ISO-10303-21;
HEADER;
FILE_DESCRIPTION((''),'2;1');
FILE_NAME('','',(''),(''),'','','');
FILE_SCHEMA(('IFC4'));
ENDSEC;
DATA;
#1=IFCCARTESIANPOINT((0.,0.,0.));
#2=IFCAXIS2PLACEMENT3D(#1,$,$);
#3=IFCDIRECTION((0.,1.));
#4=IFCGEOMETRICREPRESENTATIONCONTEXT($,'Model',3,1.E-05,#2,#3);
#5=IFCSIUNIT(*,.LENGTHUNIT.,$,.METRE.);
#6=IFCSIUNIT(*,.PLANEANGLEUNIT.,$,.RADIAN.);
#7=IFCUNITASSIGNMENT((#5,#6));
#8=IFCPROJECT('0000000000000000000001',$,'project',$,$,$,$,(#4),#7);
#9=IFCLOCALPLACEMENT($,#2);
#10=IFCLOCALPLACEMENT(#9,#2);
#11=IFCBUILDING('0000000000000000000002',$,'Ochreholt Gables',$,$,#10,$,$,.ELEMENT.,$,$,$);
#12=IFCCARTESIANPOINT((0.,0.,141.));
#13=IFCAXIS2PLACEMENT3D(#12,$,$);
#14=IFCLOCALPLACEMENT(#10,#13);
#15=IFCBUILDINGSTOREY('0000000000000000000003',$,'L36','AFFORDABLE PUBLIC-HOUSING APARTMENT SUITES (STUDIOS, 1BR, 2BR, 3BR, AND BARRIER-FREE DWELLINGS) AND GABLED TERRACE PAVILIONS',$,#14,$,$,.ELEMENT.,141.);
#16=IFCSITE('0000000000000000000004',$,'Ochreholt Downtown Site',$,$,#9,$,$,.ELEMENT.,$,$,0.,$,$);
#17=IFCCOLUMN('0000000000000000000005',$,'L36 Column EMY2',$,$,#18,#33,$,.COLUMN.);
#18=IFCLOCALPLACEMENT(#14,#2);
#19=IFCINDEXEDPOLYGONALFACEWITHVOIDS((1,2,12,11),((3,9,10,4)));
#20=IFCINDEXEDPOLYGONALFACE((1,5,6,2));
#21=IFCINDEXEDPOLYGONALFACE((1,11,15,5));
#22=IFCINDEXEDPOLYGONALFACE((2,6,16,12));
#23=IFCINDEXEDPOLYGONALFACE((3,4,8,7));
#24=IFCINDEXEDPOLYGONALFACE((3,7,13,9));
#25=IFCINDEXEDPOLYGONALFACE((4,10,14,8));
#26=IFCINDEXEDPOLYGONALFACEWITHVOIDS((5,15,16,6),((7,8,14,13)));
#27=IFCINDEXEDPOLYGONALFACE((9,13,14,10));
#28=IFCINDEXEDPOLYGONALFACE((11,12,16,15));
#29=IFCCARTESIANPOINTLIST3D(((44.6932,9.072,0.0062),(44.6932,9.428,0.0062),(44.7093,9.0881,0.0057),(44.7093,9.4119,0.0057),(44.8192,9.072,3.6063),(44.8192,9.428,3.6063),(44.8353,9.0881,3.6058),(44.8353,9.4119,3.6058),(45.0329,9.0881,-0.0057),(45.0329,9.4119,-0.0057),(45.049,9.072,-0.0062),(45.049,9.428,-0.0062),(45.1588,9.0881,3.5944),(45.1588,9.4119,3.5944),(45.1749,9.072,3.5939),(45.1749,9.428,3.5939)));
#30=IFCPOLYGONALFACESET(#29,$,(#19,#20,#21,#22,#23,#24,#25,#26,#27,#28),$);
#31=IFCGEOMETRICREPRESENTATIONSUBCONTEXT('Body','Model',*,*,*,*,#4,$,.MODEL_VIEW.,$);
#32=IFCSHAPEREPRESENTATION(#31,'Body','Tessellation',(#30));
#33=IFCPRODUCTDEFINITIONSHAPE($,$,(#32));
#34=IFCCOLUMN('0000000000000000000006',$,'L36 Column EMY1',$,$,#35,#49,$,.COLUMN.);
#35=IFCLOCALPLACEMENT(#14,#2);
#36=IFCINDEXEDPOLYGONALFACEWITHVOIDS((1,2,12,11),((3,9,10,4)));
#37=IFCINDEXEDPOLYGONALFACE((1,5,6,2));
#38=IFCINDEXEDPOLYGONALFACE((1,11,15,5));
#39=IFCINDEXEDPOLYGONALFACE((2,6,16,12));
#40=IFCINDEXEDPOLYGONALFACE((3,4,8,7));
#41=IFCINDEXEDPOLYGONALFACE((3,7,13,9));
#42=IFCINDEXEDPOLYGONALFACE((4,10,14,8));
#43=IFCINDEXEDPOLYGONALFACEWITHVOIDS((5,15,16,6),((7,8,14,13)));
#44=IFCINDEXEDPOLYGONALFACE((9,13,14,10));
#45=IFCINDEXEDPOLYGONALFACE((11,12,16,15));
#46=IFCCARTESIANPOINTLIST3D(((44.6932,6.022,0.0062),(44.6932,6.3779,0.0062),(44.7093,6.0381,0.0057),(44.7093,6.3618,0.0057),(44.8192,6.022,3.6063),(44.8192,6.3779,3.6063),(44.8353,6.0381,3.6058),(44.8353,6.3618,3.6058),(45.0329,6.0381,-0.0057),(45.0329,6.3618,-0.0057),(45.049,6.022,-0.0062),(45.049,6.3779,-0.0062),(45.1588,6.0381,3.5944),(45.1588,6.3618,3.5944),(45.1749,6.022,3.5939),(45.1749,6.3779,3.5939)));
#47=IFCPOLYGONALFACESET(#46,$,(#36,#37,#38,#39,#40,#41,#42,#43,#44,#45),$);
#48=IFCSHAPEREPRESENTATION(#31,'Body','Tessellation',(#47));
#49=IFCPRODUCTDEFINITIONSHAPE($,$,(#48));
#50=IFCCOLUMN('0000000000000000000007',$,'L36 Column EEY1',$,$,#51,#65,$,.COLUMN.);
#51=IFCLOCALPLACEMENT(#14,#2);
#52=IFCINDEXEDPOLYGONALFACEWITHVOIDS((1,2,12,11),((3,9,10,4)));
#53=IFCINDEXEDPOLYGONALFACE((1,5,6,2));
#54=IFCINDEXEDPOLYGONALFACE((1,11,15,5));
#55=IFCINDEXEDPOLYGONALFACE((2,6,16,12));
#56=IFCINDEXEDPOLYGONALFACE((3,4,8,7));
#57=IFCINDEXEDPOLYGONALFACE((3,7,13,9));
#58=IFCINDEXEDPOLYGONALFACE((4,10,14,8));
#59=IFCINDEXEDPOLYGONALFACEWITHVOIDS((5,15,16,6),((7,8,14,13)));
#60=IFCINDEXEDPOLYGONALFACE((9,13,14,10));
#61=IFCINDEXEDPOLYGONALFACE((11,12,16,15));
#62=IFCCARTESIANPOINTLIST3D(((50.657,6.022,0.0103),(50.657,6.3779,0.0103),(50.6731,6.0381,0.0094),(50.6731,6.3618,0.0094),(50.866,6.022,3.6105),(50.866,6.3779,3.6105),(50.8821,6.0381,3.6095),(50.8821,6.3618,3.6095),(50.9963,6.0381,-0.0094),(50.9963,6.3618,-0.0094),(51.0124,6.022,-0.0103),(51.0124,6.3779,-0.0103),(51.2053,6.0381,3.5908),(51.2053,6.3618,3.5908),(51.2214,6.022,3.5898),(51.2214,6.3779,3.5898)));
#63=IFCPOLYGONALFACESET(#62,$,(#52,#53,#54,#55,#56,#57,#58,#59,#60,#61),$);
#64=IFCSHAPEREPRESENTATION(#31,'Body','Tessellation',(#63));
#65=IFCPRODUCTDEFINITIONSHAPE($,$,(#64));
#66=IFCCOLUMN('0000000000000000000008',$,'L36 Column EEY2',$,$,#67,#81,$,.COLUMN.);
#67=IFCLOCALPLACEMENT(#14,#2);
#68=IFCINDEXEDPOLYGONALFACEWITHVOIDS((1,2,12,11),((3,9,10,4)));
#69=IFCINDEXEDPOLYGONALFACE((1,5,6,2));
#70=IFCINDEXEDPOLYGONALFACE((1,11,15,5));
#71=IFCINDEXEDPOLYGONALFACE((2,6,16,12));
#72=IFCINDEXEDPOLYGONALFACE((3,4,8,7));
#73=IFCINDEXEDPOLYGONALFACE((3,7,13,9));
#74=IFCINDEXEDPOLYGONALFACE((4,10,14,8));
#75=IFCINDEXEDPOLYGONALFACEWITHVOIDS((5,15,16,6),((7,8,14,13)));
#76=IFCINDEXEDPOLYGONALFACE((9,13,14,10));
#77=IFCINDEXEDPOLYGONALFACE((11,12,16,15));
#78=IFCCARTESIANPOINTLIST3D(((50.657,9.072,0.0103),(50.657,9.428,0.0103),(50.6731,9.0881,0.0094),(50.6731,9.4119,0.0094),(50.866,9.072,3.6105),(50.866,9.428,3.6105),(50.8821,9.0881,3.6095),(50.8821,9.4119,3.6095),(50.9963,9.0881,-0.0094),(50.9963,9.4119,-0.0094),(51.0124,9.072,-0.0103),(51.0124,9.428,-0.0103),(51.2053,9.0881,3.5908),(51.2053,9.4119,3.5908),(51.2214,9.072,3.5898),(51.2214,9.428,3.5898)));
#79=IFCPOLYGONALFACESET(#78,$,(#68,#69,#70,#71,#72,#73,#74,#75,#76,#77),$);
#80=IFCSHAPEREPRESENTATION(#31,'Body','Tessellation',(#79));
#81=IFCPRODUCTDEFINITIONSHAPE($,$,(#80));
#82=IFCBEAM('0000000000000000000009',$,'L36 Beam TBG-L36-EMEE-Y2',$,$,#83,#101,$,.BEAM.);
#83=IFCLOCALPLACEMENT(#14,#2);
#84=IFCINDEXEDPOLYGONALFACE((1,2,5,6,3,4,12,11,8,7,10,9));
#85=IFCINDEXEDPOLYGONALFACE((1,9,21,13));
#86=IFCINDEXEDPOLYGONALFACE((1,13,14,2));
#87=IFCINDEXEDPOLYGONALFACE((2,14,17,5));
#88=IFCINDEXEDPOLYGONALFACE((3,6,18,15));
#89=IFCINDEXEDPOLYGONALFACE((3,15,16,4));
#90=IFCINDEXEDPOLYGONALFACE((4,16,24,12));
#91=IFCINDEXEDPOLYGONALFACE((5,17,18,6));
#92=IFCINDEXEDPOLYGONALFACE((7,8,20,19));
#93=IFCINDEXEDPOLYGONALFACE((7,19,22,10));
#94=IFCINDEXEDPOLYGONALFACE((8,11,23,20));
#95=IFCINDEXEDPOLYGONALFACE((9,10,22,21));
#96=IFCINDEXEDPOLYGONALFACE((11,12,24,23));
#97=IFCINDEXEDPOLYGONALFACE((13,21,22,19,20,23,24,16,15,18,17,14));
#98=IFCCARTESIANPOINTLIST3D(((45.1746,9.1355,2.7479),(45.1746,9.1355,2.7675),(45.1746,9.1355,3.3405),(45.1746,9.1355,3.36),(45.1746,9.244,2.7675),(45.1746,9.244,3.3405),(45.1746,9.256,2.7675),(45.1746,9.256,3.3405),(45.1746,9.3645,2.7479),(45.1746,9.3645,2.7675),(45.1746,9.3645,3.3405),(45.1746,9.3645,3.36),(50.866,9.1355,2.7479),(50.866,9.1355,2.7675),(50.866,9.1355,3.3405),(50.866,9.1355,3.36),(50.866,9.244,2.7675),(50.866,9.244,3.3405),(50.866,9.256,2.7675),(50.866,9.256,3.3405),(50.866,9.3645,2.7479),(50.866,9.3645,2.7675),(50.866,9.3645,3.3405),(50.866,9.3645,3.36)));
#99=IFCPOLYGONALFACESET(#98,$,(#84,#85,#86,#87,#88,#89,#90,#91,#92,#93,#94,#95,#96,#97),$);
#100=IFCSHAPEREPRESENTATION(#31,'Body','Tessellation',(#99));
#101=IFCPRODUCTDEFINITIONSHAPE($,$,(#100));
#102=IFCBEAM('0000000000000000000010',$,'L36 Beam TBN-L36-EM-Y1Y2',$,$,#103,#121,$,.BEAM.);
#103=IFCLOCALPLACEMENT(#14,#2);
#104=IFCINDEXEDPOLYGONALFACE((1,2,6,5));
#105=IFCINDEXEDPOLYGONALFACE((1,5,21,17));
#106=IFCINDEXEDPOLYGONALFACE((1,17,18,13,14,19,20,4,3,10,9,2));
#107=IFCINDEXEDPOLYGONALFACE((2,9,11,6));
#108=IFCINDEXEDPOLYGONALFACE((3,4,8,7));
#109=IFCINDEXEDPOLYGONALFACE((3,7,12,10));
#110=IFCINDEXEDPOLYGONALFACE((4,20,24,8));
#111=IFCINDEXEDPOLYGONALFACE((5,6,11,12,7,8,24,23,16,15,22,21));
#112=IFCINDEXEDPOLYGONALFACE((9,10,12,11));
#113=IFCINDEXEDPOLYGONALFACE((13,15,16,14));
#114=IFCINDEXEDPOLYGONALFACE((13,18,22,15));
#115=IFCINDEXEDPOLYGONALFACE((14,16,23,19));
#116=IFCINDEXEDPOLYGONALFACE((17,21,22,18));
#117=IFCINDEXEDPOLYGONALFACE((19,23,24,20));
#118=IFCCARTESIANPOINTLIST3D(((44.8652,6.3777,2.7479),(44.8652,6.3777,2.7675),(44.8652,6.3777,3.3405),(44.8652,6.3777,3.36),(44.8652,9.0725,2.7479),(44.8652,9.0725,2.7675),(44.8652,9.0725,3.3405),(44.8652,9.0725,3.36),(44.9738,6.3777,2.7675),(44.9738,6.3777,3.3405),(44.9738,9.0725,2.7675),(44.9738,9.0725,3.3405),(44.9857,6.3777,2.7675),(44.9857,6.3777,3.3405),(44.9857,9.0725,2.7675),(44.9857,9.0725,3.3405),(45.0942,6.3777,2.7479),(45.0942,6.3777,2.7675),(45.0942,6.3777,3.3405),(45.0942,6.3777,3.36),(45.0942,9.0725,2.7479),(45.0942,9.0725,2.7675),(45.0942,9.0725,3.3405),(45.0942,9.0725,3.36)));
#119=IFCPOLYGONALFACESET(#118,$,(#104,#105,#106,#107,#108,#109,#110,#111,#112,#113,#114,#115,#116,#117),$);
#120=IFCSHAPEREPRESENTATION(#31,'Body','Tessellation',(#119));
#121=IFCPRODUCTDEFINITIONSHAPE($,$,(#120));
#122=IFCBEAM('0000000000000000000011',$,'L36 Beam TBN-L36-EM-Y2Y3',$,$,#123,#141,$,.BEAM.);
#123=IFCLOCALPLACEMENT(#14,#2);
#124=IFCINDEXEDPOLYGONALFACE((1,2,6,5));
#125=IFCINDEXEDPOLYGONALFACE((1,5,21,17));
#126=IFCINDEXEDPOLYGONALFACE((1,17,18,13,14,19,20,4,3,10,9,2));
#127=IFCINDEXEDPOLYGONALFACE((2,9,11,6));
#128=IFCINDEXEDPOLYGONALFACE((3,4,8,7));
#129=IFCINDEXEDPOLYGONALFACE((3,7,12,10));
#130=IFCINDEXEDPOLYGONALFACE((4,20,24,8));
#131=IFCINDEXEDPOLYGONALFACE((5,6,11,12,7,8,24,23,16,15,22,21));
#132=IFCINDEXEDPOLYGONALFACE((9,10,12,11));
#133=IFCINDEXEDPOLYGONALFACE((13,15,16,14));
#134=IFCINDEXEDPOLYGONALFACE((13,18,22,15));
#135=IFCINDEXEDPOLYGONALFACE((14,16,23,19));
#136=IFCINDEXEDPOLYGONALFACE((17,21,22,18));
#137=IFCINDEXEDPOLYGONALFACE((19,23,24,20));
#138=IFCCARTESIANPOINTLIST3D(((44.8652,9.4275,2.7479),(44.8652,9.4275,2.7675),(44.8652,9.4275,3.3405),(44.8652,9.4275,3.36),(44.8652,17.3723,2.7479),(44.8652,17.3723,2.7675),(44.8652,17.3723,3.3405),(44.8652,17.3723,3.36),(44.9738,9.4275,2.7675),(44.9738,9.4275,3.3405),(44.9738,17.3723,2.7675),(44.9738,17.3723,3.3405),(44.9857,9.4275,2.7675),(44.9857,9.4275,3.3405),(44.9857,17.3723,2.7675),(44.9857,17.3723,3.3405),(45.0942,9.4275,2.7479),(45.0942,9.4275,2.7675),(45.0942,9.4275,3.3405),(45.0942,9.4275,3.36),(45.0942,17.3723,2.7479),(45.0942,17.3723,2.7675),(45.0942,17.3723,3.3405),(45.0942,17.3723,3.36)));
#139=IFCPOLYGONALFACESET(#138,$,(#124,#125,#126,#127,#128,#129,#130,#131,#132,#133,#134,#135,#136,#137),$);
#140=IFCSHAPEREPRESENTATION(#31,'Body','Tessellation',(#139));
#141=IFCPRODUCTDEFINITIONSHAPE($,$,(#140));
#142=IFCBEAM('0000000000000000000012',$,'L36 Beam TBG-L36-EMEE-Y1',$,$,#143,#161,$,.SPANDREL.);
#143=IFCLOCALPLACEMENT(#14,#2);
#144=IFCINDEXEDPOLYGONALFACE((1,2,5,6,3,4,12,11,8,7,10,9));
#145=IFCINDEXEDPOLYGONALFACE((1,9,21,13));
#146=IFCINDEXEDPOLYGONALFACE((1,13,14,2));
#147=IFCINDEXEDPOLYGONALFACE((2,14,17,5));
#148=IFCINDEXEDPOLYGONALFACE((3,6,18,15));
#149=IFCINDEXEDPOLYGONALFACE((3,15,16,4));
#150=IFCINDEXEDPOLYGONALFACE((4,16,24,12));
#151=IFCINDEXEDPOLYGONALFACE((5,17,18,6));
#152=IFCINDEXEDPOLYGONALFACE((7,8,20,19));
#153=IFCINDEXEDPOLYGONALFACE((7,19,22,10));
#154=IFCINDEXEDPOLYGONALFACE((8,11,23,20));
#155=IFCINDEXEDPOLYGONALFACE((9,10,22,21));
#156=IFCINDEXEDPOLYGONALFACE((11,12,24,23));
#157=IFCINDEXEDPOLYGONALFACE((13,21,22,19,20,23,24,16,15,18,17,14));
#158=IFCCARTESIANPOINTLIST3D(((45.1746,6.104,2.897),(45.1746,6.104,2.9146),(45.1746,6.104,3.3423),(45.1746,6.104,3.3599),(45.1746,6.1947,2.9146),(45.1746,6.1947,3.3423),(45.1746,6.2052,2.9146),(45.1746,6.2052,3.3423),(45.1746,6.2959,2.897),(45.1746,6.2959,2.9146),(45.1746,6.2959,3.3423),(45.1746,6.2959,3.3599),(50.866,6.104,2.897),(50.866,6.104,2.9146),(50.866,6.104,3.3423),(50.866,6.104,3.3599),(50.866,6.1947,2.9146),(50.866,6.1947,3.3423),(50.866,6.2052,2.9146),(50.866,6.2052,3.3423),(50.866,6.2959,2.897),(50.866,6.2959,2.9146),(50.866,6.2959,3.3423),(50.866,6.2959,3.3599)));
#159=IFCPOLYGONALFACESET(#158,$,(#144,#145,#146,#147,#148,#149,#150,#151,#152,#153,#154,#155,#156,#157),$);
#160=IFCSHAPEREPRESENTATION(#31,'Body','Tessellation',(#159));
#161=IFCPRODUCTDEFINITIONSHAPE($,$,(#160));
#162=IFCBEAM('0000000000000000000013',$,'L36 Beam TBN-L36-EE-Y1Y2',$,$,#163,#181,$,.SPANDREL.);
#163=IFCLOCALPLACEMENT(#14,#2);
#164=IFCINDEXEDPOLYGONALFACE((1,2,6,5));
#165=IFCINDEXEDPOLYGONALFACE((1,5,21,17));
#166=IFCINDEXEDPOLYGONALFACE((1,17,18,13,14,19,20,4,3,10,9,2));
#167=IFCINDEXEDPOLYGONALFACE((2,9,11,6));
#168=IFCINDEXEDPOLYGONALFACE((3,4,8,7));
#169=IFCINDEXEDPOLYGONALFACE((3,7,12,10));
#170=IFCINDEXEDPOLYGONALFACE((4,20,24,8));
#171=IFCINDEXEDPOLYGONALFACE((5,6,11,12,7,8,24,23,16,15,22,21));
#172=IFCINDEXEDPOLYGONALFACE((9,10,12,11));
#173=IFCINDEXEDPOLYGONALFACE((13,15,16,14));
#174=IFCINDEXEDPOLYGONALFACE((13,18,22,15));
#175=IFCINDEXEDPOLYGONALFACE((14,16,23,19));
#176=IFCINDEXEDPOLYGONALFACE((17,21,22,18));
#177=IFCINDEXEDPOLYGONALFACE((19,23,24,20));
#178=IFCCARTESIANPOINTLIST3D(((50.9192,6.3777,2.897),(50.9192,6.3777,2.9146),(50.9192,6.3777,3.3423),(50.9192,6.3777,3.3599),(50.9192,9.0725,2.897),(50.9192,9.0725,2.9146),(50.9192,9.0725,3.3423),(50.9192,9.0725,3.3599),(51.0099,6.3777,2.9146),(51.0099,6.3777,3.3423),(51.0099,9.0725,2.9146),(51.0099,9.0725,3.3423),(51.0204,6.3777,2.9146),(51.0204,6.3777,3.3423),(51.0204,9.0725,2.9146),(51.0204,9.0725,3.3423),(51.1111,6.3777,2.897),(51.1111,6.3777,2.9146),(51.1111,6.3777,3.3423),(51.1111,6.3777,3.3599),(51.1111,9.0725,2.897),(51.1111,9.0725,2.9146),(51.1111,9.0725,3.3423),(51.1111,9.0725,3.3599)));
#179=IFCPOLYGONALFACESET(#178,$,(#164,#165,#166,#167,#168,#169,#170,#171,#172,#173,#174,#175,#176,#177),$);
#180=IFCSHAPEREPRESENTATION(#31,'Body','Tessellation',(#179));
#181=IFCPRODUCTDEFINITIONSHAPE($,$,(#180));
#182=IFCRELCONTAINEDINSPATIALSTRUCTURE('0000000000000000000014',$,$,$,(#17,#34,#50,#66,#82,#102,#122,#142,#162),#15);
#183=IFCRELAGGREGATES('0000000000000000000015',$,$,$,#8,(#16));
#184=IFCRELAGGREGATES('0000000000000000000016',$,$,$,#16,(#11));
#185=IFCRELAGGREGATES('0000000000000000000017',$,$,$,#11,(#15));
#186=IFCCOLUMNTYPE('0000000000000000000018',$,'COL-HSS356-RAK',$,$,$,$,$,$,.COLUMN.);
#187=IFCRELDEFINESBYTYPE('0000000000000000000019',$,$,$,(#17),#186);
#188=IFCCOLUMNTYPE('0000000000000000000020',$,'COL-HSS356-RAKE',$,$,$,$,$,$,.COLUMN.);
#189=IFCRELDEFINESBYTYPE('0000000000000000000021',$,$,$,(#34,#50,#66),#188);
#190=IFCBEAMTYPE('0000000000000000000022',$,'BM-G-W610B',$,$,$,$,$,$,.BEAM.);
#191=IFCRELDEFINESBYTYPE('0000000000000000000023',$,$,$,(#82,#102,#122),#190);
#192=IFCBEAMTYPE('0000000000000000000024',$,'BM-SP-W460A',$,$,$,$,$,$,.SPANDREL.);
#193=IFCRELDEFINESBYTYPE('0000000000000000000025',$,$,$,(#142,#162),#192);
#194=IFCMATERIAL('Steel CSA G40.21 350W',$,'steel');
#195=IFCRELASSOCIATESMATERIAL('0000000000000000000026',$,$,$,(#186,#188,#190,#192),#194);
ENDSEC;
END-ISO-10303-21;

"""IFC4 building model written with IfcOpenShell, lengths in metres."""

from ifc_helpers import new_model, si_unit, direction, frame, origin, origin_2d, place, context, subcontext, project, spatial, hollow_rectangle, i_section, extrude, material, material_profile, profile_set, type_object, element, save


model = new_model("IFC4")

# Units and contexts
model_context = context("Model", 3, precision=1e-05, world=origin(), true_north=direction((0.0, 1.0)))
body_context = subcontext(model_context, "Body", "Model", "MODEL_VIEW")
ifc_project = project(units=[si_unit("LENGTHUNIT", "METRE"), si_unit("PLANEANGLEUNIT", "RADIAN")], contexts=[model_context])

# Site, building, storey
site_placement = place(None, origin())
site = spatial("IfcSite", under=ifc_project, at=site_placement, Name="Ochreholt Downtown Site", CompositionType="ELEMENT", RefElevation=0.0)
building_placement = place(site_placement, origin())
building = spatial("IfcBuilding", under=site, at=building_placement, Name="Ochreholt Gables", CompositionType="ELEMENT")
storey_placement = place(building_placement, frame((0.0, 0.0, 141.0)))
storey = spatial("IfcBuildingStorey", under=building, at=storey_placement, Name="L36", Description="AFFORDABLE PUBLIC-HOUSING APARTMENT SUITES (STUDIOS, 1BR, 2BR, 3BR, AND BARRIER-FREE DWELLINGS) AND GABLED TERRACE PAVILIONS", CompositionType="ELEMENT", Elevation=141.0)

# Columns
ifc_material_1 = material(Name="Steel CSA G40.21 350W", Category="steel")
ifc_material_profile_1 = material_profile(ifc_material_1, hollow_rectangle(XDim=0.356, YDim=0.356, WallThickness=0.0161, at=origin_2d()), Name="HSS356X356X16")
ifc_profile_set_1 = profile_set([ifc_material_profile_1], Name="Steel CSA G40.21 350W")
column_type_1 = type_object("IfcColumnType", Name="COL-HSS356-RAK", PredefinedType="COLUMN", material=ifc_profile_set_1)
column_1_placement = place(storey_placement, frame((44.8711, 9.25, 0.0), z_axis=(0.034971, 0.0, 0.999388), x_axis=(0.0, 1.0, 0.0)))
element("IfcColumn", 1, at=column_1_placement, inside=storey, type_object=column_type_1, Name="L36 Column EMY2", PredefinedType="COLUMN", context=body_context, shape_type="SweptSolid", body=[
    extrude(hollow_rectangle(XDim=0.356, YDim=0.356, WallThickness=0.0161, at=origin_2d()), origin(), (0.0, 0.0, 1.0), 3.6023),
])
ifc_material_profile_2 = material_profile(ifc_material_1, hollow_rectangle(XDim=0.356, YDim=0.356, WallThickness=0.0161, at=origin_2d()), Name="HSS356X356X16")
ifc_profile_set_2 = profile_set([ifc_material_profile_2], Name="Steel CSA G40.21 350W")
column_type_2 = type_object("IfcColumnType", Name="COL-HSS356-RAKE", PredefinedType="COLUMN", material=ifc_profile_set_2)
column_2_placement = place(storey_placement, frame((44.8711, 6.2, 0.0), z_axis=(0.034971, 0.0, 0.999388), x_axis=(0.0, 1.0, 0.0)))
element("IfcColumn", 2, at=column_2_placement, inside=storey, type_object=column_type_2, Name="L36 Column EMY1", PredefinedType="COLUMN", context=body_context, shape_type="SweptSolid", body=[
    extrude(hollow_rectangle(XDim=0.356, YDim=0.356, WallThickness=0.0161, at=origin_2d()), origin(), (0.0, 0.0, 1.0), 3.6023),
])
for number, where, z_axis, x_axis, name in (
    (3, (50.8347, 6.2, 0.0), (0.057952, 0.0, 0.998319), (0.0, 1.0, 0.0), "L36 Column EEY1"),
    (4, (50.8347, 9.25, 0.0), (0.057952, 0.0, 0.998319), (0.0, 1.0, 0.0), "L36 Column EEY2"),
):
    element("IfcColumn", number, at=place(storey_placement, frame(where, z_axis=z_axis, x_axis=x_axis)), inside=storey, type_object=column_type_2, Name=name, PredefinedType="COLUMN", context=body_context, shape_type="SweptSolid", body=[
        extrude(hollow_rectangle(XDim=0.356, YDim=0.356, WallThickness=0.0161, at=origin_2d()), origin(), (0.0, 0.0, 1.0), 3.6062),
    ])

# Beams
ifc_material_profile_3 = material_profile(ifc_material_1, i_section(OverallWidth=0.229, OverallDepth=0.6121, WebThickness=0.012, FlangeThickness=0.0195, at=origin_2d()), Name="W610X125")
ifc_profile_set_3 = profile_set([ifc_material_profile_3], Name="Steel CSA G40.21 350W")
beam_type_1 = type_object("IfcBeamType", Name="BM-G-W610B", PredefinedType="BEAM", material=ifc_profile_set_3)
beam_1_placement = place(storey_placement, frame((45.1746, 9.25, 3.054), z_axis=(1.0, 0.0, 0.0), x_axis=(0.0, 1.0, 0.0)))
element("IfcBeam", 5, at=beam_1_placement, inside=storey, type_object=beam_type_1, Name="L36 Beam TBG-L36-EMEE-Y2", PredefinedType="BEAM", context=body_context, shape_type="SweptSolid", body=[
    extrude(i_section(OverallWidth=0.229, OverallDepth=0.6121, WebThickness=0.012, FlangeThickness=0.0195, at=origin_2d()), origin(), (0.0, 0.0, 1.0), 5.6914),
])
beam_2_placement = place(storey_placement, frame((44.9797, 6.3777, 3.054), z_axis=(0.0, 1.0, 0.0), x_axis=(-1.0, 0.0, 0.0)))
element("IfcBeam", 6, at=beam_2_placement, inside=storey, type_object=beam_type_1, Name="L36 Beam TBN-L36-EM-Y1Y2", PredefinedType="BEAM", context=body_context, shape_type="SweptSolid", body=[
    extrude(i_section(OverallWidth=0.229, OverallDepth=0.6121, WebThickness=0.012, FlangeThickness=0.0195, at=origin_2d()), origin(), (0.0, 0.0, 1.0), 2.6948),
])
beam_3_placement = place(storey_placement, frame((44.9797, 9.4275, 3.054), z_axis=(0.0, 1.0, 0.0), x_axis=(-1.0, 0.0, 0.0)))
element("IfcBeam", 7, at=beam_3_placement, inside=storey, type_object=beam_type_1, Name="L36 Beam TBN-L36-EM-Y2Y3", PredefinedType="BEAM", context=body_context, shape_type="SweptSolid", body=[
    extrude(i_section(OverallWidth=0.229, OverallDepth=0.6121, WebThickness=0.012, FlangeThickness=0.0195, at=origin_2d()), origin(), (0.0, 0.0, 1.0), 7.9448),
])
ifc_material_profile_4 = material_profile(ifc_material_1, i_section(OverallWidth=0.1919, OverallDepth=0.4629, WebThickness=0.0105, FlangeThickness=0.0176, at=origin_2d()), Name="W460X89")
ifc_profile_set_4 = profile_set([ifc_material_profile_4], Name="Steel CSA G40.21 350W")
beam_type_2 = type_object("IfcBeamType", Name="BM-SP-W460A", PredefinedType="SPANDREL", material=ifc_profile_set_4)
beam_4_placement = place(storey_placement, frame((45.1746, 6.2, 3.1284), z_axis=(1.0, 0.0, 0.0), x_axis=(0.0, 1.0, 0.0)))
element("IfcBeam", 8, at=beam_4_placement, inside=storey, type_object=beam_type_2, Name="L36 Beam TBG-L36-EMEE-Y1", PredefinedType="SPANDREL", context=body_context, shape_type="SweptSolid", body=[
    extrude(i_section(OverallWidth=0.1919, OverallDepth=0.4629, WebThickness=0.0105, FlangeThickness=0.0176, at=origin_2d()), origin(), (0.0, 0.0, 1.0), 5.6914),
])
beam_5_placement = place(storey_placement, frame((51.0151, 6.3777, 3.1284), z_axis=(0.0, 1.0, 0.0), x_axis=(-1.0, 0.0, 0.0)))
element("IfcBeam", 9, at=beam_5_placement, inside=storey, type_object=beam_type_2, Name="L36 Beam TBN-L36-EE-Y1Y2", PredefinedType="SPANDREL", context=body_context, shape_type="SweptSolid", body=[
    extrude(i_section(OverallWidth=0.1919, OverallDepth=0.4629, WebThickness=0.0105, FlangeThickness=0.0176, at=origin_2d()), origin(), (0.0, 0.0, 1.0), 2.6948),
])

save(model, "model.ifc")
